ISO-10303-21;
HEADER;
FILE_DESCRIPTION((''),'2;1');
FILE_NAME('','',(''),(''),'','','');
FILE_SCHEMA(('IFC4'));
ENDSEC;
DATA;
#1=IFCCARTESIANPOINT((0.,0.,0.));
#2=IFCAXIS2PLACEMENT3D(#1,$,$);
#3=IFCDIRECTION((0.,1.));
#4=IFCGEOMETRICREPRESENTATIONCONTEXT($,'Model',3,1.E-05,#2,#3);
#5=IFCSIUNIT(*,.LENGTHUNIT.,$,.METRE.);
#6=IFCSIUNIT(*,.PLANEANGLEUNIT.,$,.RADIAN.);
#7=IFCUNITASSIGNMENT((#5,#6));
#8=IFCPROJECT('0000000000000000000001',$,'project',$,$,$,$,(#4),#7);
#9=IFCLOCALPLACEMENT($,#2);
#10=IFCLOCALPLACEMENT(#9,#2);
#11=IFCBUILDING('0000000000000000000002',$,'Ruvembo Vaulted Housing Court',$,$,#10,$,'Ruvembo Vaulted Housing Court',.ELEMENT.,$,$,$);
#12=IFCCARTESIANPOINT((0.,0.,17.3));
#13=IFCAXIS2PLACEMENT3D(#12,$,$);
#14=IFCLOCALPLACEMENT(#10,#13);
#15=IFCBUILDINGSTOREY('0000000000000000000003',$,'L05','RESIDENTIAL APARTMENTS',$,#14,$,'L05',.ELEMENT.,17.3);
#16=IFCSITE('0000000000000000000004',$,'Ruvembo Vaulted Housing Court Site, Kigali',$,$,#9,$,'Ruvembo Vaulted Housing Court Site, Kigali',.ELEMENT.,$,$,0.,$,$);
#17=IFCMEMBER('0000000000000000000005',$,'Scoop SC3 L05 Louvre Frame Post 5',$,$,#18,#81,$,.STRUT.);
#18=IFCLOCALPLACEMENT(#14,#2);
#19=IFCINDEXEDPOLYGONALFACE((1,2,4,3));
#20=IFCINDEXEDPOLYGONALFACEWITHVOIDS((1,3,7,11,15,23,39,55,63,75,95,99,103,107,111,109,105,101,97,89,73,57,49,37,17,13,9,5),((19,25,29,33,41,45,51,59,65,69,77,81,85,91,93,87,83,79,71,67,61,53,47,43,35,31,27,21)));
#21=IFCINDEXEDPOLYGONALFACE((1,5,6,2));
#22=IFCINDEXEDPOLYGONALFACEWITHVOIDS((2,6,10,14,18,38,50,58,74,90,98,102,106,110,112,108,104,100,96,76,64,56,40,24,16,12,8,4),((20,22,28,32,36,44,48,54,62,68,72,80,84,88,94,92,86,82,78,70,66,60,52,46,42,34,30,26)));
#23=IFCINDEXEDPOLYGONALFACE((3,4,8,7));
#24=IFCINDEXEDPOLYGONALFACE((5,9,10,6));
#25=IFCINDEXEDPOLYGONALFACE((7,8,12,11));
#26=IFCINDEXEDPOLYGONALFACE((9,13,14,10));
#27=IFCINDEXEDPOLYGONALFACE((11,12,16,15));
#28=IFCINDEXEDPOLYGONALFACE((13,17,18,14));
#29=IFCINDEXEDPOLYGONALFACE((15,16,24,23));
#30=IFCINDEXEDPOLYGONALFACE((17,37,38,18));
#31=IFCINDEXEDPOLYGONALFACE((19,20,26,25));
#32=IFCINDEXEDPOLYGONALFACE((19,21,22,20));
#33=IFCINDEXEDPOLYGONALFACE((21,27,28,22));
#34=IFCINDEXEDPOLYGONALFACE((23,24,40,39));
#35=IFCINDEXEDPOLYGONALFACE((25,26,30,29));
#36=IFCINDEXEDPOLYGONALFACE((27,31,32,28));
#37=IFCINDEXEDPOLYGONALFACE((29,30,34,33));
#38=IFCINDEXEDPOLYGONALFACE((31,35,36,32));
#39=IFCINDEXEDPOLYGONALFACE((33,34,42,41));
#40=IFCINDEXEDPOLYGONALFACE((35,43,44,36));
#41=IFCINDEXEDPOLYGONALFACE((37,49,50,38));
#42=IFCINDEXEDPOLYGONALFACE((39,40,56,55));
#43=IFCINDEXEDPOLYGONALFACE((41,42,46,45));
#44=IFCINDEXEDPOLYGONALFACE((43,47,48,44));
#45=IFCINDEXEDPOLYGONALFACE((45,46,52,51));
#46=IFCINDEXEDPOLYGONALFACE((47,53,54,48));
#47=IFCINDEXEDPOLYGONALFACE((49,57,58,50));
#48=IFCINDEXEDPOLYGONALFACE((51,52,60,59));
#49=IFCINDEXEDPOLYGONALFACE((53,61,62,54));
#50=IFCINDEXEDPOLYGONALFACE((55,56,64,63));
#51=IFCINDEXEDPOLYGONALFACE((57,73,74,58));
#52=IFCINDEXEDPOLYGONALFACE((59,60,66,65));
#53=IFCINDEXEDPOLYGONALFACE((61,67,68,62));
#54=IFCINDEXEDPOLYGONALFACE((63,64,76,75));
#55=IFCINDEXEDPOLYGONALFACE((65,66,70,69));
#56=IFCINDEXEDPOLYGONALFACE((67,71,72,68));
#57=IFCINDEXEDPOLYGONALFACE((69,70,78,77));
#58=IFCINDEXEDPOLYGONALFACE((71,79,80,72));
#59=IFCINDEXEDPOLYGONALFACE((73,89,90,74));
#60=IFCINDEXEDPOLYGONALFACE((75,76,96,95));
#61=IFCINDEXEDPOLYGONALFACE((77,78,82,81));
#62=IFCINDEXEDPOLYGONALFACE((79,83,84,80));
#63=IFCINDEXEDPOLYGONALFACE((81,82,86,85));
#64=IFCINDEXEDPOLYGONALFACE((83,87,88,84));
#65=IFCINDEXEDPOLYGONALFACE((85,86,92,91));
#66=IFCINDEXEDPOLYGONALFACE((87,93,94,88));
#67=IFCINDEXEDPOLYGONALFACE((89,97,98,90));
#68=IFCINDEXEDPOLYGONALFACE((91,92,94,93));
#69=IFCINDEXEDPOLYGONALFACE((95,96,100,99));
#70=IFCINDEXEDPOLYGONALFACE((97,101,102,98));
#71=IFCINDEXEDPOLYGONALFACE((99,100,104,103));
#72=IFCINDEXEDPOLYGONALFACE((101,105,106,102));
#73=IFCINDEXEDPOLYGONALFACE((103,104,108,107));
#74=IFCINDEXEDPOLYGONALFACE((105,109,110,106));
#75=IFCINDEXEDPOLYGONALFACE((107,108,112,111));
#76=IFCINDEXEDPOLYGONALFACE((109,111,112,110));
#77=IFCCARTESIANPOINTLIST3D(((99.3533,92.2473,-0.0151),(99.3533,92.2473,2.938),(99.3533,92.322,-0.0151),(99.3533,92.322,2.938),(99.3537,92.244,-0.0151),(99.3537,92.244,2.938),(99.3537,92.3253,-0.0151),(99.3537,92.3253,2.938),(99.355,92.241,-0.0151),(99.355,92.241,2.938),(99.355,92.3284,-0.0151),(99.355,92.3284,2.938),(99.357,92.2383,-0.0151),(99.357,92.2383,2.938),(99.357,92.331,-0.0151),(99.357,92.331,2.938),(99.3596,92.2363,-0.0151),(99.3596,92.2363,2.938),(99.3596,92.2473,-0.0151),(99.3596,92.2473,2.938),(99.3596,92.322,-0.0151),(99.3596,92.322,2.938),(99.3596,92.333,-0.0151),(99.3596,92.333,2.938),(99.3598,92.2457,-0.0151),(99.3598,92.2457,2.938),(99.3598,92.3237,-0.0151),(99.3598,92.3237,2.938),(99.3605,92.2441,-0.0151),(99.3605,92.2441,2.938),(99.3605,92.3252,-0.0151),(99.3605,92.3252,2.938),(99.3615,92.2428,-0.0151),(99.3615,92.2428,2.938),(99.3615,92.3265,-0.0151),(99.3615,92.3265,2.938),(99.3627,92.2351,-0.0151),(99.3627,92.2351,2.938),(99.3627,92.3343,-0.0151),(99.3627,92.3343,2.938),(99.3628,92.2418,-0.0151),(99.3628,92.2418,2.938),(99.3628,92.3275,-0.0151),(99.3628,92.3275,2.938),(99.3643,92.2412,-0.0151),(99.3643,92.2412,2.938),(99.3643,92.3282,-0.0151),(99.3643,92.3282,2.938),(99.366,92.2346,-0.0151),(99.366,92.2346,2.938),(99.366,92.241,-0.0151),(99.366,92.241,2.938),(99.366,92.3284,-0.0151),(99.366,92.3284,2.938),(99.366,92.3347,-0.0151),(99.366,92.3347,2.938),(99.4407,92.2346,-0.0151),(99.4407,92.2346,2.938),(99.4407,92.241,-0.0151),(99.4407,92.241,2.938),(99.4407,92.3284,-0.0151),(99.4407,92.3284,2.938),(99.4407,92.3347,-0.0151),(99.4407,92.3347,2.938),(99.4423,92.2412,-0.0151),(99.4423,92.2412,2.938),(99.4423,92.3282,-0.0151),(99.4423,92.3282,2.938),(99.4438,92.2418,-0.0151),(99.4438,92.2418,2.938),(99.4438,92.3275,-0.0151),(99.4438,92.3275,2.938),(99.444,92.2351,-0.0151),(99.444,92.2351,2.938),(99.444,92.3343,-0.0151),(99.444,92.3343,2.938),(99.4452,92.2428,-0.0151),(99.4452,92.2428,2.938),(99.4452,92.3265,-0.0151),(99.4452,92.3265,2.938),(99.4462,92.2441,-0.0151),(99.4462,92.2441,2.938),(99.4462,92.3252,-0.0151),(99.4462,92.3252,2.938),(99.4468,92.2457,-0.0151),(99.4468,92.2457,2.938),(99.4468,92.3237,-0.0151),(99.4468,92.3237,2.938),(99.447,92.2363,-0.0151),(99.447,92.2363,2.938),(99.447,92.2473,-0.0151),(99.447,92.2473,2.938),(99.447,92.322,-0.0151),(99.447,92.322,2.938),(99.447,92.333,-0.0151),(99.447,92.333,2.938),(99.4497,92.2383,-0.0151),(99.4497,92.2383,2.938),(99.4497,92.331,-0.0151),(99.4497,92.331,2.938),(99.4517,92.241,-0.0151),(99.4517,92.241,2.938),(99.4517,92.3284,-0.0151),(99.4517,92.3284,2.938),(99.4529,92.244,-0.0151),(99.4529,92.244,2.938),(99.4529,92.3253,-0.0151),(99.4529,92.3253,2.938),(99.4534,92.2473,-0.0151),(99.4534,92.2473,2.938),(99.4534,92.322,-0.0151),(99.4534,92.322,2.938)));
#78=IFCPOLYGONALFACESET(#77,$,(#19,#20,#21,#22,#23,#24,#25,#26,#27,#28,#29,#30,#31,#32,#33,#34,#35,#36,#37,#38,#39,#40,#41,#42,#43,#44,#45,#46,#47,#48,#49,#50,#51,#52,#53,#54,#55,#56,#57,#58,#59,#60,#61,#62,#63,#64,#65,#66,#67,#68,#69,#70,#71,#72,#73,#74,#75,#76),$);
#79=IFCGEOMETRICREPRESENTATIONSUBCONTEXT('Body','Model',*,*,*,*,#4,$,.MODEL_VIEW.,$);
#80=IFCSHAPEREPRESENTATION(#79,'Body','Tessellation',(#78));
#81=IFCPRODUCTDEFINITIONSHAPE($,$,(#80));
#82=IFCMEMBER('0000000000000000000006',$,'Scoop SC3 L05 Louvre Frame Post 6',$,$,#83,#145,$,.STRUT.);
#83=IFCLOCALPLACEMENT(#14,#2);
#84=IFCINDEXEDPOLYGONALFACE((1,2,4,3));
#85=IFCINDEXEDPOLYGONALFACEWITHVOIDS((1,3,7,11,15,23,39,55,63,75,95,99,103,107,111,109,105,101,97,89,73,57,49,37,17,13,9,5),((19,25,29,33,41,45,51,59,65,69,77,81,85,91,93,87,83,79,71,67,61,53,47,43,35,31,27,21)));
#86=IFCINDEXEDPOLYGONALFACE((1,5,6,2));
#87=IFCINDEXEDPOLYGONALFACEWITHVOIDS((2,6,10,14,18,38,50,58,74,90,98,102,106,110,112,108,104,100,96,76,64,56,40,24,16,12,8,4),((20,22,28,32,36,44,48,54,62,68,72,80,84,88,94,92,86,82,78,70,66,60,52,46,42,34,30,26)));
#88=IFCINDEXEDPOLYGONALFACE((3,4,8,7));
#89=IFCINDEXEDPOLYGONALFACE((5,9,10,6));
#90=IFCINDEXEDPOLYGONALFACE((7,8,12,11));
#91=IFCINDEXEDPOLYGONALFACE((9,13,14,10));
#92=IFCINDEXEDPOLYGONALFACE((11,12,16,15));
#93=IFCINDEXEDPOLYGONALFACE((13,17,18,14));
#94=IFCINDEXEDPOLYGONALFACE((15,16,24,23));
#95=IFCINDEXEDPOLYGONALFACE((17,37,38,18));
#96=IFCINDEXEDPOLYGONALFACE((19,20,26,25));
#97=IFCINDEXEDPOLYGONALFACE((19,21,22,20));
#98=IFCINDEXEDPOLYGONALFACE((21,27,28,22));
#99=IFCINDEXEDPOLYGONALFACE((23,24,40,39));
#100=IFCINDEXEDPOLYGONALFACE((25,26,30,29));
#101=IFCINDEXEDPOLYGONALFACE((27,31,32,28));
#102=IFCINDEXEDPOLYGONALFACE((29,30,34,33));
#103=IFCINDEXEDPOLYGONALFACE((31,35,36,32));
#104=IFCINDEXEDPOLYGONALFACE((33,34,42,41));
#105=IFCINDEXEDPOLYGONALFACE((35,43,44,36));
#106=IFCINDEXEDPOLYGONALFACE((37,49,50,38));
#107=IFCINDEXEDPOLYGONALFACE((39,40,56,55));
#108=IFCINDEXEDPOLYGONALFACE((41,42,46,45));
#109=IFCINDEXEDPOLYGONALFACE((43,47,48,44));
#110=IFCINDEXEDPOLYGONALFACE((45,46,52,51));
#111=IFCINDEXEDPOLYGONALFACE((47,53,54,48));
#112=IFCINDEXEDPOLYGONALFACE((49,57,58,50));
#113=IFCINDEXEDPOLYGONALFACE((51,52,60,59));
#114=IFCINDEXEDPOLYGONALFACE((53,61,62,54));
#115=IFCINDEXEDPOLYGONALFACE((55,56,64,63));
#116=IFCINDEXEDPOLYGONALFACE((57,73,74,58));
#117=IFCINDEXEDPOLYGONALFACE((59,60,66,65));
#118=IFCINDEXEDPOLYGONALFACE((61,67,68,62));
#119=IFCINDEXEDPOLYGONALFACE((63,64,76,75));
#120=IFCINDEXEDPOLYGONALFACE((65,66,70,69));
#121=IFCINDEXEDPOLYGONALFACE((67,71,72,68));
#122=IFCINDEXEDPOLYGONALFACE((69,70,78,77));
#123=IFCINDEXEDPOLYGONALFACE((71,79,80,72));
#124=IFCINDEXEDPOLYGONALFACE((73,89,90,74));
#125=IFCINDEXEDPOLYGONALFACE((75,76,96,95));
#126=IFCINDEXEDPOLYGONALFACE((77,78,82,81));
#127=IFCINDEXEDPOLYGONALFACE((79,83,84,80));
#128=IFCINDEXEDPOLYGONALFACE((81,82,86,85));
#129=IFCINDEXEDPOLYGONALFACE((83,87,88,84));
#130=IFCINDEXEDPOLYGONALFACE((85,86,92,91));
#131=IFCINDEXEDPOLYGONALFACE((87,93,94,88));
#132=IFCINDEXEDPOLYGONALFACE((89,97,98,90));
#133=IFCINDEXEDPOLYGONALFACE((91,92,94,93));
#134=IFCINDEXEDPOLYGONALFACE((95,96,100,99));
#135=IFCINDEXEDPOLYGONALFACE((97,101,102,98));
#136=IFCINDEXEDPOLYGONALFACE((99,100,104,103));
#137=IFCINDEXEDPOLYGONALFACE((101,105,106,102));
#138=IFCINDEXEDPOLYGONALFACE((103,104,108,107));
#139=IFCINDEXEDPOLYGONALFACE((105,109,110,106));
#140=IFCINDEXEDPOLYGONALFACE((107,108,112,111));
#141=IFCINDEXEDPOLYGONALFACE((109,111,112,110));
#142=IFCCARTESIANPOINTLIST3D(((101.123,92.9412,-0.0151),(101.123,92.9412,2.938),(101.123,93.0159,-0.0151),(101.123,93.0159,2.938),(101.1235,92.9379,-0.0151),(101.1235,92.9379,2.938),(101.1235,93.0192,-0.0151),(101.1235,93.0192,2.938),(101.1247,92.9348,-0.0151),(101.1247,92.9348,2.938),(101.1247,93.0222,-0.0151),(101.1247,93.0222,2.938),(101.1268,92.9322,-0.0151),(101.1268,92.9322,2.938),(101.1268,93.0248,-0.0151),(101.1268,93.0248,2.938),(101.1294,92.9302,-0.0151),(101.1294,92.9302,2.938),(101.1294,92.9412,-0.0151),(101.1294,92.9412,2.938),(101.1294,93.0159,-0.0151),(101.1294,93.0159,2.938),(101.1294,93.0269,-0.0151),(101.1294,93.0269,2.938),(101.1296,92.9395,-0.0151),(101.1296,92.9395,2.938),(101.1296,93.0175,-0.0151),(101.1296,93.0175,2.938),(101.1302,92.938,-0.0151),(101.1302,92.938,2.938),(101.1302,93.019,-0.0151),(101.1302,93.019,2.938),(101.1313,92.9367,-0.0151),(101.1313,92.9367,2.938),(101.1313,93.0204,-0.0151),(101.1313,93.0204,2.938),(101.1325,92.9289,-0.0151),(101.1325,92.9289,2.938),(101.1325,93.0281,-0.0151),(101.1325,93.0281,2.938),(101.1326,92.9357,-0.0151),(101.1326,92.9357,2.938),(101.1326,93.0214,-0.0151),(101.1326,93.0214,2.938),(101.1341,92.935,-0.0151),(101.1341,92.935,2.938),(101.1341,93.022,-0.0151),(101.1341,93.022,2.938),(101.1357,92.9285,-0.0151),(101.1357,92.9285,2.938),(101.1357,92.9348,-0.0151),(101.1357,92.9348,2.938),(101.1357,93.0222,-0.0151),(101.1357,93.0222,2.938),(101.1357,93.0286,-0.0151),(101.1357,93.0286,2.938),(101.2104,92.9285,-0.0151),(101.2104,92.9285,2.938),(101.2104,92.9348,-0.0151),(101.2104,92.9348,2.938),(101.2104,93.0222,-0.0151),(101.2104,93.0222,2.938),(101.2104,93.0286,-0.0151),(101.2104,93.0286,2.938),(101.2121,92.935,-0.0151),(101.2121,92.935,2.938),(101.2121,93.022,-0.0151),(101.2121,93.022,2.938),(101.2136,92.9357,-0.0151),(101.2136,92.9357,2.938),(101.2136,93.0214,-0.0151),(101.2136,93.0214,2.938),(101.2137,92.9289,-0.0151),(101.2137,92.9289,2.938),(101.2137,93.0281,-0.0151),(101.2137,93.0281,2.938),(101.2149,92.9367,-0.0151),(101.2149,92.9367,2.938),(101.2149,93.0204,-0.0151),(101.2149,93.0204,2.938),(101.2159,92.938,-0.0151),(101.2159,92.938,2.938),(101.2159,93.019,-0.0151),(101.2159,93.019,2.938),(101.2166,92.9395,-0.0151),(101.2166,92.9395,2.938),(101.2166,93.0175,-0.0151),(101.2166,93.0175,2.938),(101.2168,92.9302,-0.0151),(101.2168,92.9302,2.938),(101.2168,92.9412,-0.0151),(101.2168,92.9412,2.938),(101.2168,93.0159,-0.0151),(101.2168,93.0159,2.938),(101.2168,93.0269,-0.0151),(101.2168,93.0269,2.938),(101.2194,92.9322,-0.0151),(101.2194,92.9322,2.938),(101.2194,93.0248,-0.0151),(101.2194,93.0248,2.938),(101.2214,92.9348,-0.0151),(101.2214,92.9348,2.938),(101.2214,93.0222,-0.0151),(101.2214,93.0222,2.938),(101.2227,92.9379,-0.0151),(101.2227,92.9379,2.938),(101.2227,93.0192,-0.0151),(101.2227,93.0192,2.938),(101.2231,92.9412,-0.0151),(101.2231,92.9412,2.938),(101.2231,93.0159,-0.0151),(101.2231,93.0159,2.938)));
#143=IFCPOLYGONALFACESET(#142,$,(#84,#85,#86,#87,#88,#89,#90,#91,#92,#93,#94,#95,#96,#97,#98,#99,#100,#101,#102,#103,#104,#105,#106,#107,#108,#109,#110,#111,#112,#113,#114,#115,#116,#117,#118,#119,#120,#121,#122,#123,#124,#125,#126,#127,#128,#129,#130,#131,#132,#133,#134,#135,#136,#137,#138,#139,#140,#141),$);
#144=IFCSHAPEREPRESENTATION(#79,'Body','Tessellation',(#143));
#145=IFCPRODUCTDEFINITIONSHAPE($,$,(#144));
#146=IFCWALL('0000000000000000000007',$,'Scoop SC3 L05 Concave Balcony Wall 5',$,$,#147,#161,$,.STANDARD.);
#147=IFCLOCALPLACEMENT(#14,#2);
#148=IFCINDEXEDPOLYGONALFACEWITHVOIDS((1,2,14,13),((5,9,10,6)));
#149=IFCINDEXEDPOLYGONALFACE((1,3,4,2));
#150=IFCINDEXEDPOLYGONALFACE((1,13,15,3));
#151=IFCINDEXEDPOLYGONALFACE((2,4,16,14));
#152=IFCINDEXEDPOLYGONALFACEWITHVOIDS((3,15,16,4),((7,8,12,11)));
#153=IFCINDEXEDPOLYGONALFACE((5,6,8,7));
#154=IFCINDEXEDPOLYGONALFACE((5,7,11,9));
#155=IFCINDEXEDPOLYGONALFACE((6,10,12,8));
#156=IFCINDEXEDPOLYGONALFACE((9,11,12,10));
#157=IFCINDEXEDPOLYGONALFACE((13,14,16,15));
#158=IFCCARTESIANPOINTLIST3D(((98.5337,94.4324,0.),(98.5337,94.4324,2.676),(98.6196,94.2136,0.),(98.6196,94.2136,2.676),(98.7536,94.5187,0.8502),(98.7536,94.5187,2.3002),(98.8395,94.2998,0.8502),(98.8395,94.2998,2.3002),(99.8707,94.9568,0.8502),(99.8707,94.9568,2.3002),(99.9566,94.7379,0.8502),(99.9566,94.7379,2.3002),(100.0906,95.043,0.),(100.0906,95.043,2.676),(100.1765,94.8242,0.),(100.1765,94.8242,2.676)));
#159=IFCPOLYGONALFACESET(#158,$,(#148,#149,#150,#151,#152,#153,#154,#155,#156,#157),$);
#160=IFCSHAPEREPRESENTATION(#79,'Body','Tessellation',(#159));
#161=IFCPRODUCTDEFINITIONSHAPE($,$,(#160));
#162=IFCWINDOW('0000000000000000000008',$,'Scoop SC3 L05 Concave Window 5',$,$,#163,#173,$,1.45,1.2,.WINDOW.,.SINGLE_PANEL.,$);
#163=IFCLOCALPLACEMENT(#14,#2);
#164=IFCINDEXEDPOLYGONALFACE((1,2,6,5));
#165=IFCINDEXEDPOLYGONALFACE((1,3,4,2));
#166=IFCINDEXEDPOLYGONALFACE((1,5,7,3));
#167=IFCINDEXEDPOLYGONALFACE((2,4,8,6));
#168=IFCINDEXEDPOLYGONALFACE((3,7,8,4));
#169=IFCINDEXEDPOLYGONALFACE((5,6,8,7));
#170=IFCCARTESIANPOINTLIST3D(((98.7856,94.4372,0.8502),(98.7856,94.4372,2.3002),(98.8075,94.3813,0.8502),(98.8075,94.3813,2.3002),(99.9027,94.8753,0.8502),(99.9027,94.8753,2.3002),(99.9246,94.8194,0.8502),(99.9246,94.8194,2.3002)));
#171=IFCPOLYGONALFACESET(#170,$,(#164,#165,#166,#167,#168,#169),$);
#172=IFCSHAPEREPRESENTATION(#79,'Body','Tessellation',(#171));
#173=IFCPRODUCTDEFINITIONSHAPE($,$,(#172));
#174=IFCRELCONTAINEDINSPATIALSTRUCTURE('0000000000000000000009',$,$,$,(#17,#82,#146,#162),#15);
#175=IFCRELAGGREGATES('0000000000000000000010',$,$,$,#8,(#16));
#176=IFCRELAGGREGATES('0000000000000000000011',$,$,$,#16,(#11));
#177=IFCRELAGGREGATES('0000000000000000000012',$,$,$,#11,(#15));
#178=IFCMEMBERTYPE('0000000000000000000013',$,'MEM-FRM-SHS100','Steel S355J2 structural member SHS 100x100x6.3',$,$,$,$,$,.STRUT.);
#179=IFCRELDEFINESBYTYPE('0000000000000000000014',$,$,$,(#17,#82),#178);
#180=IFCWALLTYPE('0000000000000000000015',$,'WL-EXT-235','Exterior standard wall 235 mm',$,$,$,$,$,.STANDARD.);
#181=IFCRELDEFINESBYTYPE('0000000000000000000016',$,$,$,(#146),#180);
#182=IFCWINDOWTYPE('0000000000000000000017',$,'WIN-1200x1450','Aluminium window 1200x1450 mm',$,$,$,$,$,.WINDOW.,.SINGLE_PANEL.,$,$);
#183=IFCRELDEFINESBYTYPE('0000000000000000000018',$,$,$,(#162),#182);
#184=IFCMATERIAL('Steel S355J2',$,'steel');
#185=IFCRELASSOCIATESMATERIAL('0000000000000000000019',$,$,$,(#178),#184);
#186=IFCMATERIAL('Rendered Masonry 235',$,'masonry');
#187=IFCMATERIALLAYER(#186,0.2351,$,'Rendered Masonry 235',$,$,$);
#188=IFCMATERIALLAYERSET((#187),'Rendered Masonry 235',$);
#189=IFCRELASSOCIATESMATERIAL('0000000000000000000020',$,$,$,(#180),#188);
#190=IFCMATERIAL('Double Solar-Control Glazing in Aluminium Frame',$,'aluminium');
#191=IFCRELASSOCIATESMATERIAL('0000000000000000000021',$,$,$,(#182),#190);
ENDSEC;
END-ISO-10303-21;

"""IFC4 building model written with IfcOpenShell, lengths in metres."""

from ifc_helpers import new_model, si_unit, direction, frame, frame_2d, origin, origin_2d, place, context, subcontext, project, spatial, rectangle, hollow_rectangle, extrude, material, layer, layer_set, material_profile, profile_set, type_object, element, fill, save


model = new_model("IFC4")

# Units and contexts
model_context = context("Model", 3, precision=1e-05, world=origin(), true_north=direction((0.0, 1.0)))
body_context = subcontext(model_context, "Body", "Model", "MODEL_VIEW")
ifc_project = project(units=[si_unit("LENGTHUNIT", "METRE"), si_unit("PLANEANGLEUNIT", "RADIAN")], contexts=[model_context])

# Site, building, storey
site_placement = place(None, origin())
site = spatial("IfcSite", under=ifc_project, at=site_placement, Name="Ruvembo Vaulted Housing Court Site, Kigali", LongName="Ruvembo Vaulted Housing Court Site, Kigali", CompositionType="ELEMENT", RefElevation=0.0)
building_placement = place(site_placement, origin())
building = spatial("IfcBuilding", under=site, at=building_placement, Name="Ruvembo Vaulted Housing Court", LongName="Ruvembo Vaulted Housing Court", CompositionType="ELEMENT")
storey_placement = place(building_placement, frame((0.0, 0.0, 17.3)))
storey = spatial("IfcBuildingStorey", under=building, at=storey_placement, Name="L05", Description="RESIDENTIAL APARTMENTS", LongName="L05", CompositionType="ELEMENT", Elevation=17.3)

# Shared definitions
ifc_material_1 = material(Name="Steel S355J2", Category="steel")

# Members
ifc_material_profile_1 = material_profile(ifc_material_1, hollow_rectangle(XDim=0.1001, YDim=0.1001, WallThickness=0.0063, InnerFilletRadius=0.0063, OuterFilletRadius=0.0127, at=origin_2d()), Name="SHS 100x100x6.3")
ifc_profile_set_1 = profile_set([ifc_material_profile_1], Name="Steel S355J2")
member_type_1 = type_object("IfcMemberType", Name="MEM-FRM-SHS100", Description="Steel S355J2 structural member SHS 100x100x6.3", PredefinedType="STRUT", material=ifc_profile_set_1)
for number, where, z_axis, x_axis, name in (
    (1, (99.4033, 92.2847, -0.0151), (0.0, 0.0, 1.0), (1.0, 0.0, 0.0), "Scoop SC3 L05 Louvre Frame Post 5"),
    (2, (101.1731, 92.9785, -0.0151), (0.0, 0.0, 1.0), (1.0, 0.0, 0.0), "Scoop SC3 L05 Louvre Frame Post 6"),
):
    element("IfcMember", number, at=place(storey_placement, frame(where, z_axis=z_axis, x_axis=x_axis)), inside=storey, type_object=member_type_1, Name=name, PredefinedType="STRUT", context=body_context, shape_type="SweptSolid", body=[
        extrude(hollow_rectangle(XDim=0.1001, YDim=0.1001, WallThickness=0.0063, InnerFilletRadius=0.0063, OuterFilletRadius=0.0127, at=origin_2d()), origin(), (0.0, 0.0, 1.0), 2.9531),
    ])

# Wall, opening, window
ifc_material_2 = material(Name="Rendered Masonry 235", Category="masonry")
ifc_layer_1 = layer(ifc_material_2, 0.2351, Name="Rendered Masonry 235")
ifc_layer_set_1 = layer_set([ifc_layer_1], Name="Rendered Masonry 235")
wall_type_1 = type_object("IfcWallType", Name="WL-EXT-235", Description="Exterior standard wall 235 mm", PredefinedType="STANDARD", material=ifc_layer_set_1)
wall_1_placement = place(storey_placement, frame((98.5767, 94.323, 0.0), z_axis=(0.0, 0.0, 1.0), x_axis=(0.930962, 0.365115, 0.0)))
wall_1 = element("IfcWall", 3, at=wall_1_placement, inside=storey, type_object=wall_type_1, Name="Scoop SC3 L05 Concave Balcony Wall 5", PredefinedType="STANDARD", context=body_context, shape_type="SweptSolid", body=[
    extrude(rectangle(XDim=1.6724, YDim=0.2351, at=frame_2d((0.8362, 0.0))), origin(), (0.0, 0.0, 1.0), 2.676),
])
opening_1_placement = place(wall_1_placement, frame((0.2361, 0.0, 0.8501)))
opening_1 = element("IfcOpeningElement", 4, at=opening_1_placement, cuts=wall_1, PredefinedType="OPENING", context=body_context, shape_type="SweptSolid", body=[
    extrude(rectangle(XDim=1.2, YDim=1.45, at=frame_2d((0.6001, 0.7251))), frame((0.0, 0.1274, 0.0), z_axis=(0.0, -1.0, 0.0), x_axis=(1.0, 0.0, 0.0)), (0.0, 0.0, 1.0), 0.2551),
])
ifc_material_3 = material(Name="Double Solar-Control Glazing in Aluminium Frame", Category="aluminium")
window_type_1 = type_object("IfcWindowType", Name="WIN-1200x1450", Description="Aluminium window 1200x1450 mm", PartitioningType="SINGLE_PANEL", PredefinedType="WINDOW", material=ifc_material_3)
window_1_placement = place(opening_1_placement, origin())
window_1 = element("IfcWindow", 5, at=window_1_placement, inside=storey, type_object=window_type_1, Name="Scoop SC3 L05 Concave Window 5", OverallHeight=1.45, OverallWidth=1.2, PartitioningType="SINGLE_PANEL", PredefinedType="WINDOW", context=body_context, shape_type="SweptSolid", body=[
    extrude(rectangle(XDim=1.2, YDim=1.45, at=frame_2d((0.6001, 0.7251))), frame((0.0, 0.03, 0.0), z_axis=(0.0, -1.0, 0.0), x_axis=(1.0, 0.0, 0.0)), (0.0, 0.0, 1.0), 0.0601),
])
fill(opening_1, window_1)

save(model, "model.ifc")
